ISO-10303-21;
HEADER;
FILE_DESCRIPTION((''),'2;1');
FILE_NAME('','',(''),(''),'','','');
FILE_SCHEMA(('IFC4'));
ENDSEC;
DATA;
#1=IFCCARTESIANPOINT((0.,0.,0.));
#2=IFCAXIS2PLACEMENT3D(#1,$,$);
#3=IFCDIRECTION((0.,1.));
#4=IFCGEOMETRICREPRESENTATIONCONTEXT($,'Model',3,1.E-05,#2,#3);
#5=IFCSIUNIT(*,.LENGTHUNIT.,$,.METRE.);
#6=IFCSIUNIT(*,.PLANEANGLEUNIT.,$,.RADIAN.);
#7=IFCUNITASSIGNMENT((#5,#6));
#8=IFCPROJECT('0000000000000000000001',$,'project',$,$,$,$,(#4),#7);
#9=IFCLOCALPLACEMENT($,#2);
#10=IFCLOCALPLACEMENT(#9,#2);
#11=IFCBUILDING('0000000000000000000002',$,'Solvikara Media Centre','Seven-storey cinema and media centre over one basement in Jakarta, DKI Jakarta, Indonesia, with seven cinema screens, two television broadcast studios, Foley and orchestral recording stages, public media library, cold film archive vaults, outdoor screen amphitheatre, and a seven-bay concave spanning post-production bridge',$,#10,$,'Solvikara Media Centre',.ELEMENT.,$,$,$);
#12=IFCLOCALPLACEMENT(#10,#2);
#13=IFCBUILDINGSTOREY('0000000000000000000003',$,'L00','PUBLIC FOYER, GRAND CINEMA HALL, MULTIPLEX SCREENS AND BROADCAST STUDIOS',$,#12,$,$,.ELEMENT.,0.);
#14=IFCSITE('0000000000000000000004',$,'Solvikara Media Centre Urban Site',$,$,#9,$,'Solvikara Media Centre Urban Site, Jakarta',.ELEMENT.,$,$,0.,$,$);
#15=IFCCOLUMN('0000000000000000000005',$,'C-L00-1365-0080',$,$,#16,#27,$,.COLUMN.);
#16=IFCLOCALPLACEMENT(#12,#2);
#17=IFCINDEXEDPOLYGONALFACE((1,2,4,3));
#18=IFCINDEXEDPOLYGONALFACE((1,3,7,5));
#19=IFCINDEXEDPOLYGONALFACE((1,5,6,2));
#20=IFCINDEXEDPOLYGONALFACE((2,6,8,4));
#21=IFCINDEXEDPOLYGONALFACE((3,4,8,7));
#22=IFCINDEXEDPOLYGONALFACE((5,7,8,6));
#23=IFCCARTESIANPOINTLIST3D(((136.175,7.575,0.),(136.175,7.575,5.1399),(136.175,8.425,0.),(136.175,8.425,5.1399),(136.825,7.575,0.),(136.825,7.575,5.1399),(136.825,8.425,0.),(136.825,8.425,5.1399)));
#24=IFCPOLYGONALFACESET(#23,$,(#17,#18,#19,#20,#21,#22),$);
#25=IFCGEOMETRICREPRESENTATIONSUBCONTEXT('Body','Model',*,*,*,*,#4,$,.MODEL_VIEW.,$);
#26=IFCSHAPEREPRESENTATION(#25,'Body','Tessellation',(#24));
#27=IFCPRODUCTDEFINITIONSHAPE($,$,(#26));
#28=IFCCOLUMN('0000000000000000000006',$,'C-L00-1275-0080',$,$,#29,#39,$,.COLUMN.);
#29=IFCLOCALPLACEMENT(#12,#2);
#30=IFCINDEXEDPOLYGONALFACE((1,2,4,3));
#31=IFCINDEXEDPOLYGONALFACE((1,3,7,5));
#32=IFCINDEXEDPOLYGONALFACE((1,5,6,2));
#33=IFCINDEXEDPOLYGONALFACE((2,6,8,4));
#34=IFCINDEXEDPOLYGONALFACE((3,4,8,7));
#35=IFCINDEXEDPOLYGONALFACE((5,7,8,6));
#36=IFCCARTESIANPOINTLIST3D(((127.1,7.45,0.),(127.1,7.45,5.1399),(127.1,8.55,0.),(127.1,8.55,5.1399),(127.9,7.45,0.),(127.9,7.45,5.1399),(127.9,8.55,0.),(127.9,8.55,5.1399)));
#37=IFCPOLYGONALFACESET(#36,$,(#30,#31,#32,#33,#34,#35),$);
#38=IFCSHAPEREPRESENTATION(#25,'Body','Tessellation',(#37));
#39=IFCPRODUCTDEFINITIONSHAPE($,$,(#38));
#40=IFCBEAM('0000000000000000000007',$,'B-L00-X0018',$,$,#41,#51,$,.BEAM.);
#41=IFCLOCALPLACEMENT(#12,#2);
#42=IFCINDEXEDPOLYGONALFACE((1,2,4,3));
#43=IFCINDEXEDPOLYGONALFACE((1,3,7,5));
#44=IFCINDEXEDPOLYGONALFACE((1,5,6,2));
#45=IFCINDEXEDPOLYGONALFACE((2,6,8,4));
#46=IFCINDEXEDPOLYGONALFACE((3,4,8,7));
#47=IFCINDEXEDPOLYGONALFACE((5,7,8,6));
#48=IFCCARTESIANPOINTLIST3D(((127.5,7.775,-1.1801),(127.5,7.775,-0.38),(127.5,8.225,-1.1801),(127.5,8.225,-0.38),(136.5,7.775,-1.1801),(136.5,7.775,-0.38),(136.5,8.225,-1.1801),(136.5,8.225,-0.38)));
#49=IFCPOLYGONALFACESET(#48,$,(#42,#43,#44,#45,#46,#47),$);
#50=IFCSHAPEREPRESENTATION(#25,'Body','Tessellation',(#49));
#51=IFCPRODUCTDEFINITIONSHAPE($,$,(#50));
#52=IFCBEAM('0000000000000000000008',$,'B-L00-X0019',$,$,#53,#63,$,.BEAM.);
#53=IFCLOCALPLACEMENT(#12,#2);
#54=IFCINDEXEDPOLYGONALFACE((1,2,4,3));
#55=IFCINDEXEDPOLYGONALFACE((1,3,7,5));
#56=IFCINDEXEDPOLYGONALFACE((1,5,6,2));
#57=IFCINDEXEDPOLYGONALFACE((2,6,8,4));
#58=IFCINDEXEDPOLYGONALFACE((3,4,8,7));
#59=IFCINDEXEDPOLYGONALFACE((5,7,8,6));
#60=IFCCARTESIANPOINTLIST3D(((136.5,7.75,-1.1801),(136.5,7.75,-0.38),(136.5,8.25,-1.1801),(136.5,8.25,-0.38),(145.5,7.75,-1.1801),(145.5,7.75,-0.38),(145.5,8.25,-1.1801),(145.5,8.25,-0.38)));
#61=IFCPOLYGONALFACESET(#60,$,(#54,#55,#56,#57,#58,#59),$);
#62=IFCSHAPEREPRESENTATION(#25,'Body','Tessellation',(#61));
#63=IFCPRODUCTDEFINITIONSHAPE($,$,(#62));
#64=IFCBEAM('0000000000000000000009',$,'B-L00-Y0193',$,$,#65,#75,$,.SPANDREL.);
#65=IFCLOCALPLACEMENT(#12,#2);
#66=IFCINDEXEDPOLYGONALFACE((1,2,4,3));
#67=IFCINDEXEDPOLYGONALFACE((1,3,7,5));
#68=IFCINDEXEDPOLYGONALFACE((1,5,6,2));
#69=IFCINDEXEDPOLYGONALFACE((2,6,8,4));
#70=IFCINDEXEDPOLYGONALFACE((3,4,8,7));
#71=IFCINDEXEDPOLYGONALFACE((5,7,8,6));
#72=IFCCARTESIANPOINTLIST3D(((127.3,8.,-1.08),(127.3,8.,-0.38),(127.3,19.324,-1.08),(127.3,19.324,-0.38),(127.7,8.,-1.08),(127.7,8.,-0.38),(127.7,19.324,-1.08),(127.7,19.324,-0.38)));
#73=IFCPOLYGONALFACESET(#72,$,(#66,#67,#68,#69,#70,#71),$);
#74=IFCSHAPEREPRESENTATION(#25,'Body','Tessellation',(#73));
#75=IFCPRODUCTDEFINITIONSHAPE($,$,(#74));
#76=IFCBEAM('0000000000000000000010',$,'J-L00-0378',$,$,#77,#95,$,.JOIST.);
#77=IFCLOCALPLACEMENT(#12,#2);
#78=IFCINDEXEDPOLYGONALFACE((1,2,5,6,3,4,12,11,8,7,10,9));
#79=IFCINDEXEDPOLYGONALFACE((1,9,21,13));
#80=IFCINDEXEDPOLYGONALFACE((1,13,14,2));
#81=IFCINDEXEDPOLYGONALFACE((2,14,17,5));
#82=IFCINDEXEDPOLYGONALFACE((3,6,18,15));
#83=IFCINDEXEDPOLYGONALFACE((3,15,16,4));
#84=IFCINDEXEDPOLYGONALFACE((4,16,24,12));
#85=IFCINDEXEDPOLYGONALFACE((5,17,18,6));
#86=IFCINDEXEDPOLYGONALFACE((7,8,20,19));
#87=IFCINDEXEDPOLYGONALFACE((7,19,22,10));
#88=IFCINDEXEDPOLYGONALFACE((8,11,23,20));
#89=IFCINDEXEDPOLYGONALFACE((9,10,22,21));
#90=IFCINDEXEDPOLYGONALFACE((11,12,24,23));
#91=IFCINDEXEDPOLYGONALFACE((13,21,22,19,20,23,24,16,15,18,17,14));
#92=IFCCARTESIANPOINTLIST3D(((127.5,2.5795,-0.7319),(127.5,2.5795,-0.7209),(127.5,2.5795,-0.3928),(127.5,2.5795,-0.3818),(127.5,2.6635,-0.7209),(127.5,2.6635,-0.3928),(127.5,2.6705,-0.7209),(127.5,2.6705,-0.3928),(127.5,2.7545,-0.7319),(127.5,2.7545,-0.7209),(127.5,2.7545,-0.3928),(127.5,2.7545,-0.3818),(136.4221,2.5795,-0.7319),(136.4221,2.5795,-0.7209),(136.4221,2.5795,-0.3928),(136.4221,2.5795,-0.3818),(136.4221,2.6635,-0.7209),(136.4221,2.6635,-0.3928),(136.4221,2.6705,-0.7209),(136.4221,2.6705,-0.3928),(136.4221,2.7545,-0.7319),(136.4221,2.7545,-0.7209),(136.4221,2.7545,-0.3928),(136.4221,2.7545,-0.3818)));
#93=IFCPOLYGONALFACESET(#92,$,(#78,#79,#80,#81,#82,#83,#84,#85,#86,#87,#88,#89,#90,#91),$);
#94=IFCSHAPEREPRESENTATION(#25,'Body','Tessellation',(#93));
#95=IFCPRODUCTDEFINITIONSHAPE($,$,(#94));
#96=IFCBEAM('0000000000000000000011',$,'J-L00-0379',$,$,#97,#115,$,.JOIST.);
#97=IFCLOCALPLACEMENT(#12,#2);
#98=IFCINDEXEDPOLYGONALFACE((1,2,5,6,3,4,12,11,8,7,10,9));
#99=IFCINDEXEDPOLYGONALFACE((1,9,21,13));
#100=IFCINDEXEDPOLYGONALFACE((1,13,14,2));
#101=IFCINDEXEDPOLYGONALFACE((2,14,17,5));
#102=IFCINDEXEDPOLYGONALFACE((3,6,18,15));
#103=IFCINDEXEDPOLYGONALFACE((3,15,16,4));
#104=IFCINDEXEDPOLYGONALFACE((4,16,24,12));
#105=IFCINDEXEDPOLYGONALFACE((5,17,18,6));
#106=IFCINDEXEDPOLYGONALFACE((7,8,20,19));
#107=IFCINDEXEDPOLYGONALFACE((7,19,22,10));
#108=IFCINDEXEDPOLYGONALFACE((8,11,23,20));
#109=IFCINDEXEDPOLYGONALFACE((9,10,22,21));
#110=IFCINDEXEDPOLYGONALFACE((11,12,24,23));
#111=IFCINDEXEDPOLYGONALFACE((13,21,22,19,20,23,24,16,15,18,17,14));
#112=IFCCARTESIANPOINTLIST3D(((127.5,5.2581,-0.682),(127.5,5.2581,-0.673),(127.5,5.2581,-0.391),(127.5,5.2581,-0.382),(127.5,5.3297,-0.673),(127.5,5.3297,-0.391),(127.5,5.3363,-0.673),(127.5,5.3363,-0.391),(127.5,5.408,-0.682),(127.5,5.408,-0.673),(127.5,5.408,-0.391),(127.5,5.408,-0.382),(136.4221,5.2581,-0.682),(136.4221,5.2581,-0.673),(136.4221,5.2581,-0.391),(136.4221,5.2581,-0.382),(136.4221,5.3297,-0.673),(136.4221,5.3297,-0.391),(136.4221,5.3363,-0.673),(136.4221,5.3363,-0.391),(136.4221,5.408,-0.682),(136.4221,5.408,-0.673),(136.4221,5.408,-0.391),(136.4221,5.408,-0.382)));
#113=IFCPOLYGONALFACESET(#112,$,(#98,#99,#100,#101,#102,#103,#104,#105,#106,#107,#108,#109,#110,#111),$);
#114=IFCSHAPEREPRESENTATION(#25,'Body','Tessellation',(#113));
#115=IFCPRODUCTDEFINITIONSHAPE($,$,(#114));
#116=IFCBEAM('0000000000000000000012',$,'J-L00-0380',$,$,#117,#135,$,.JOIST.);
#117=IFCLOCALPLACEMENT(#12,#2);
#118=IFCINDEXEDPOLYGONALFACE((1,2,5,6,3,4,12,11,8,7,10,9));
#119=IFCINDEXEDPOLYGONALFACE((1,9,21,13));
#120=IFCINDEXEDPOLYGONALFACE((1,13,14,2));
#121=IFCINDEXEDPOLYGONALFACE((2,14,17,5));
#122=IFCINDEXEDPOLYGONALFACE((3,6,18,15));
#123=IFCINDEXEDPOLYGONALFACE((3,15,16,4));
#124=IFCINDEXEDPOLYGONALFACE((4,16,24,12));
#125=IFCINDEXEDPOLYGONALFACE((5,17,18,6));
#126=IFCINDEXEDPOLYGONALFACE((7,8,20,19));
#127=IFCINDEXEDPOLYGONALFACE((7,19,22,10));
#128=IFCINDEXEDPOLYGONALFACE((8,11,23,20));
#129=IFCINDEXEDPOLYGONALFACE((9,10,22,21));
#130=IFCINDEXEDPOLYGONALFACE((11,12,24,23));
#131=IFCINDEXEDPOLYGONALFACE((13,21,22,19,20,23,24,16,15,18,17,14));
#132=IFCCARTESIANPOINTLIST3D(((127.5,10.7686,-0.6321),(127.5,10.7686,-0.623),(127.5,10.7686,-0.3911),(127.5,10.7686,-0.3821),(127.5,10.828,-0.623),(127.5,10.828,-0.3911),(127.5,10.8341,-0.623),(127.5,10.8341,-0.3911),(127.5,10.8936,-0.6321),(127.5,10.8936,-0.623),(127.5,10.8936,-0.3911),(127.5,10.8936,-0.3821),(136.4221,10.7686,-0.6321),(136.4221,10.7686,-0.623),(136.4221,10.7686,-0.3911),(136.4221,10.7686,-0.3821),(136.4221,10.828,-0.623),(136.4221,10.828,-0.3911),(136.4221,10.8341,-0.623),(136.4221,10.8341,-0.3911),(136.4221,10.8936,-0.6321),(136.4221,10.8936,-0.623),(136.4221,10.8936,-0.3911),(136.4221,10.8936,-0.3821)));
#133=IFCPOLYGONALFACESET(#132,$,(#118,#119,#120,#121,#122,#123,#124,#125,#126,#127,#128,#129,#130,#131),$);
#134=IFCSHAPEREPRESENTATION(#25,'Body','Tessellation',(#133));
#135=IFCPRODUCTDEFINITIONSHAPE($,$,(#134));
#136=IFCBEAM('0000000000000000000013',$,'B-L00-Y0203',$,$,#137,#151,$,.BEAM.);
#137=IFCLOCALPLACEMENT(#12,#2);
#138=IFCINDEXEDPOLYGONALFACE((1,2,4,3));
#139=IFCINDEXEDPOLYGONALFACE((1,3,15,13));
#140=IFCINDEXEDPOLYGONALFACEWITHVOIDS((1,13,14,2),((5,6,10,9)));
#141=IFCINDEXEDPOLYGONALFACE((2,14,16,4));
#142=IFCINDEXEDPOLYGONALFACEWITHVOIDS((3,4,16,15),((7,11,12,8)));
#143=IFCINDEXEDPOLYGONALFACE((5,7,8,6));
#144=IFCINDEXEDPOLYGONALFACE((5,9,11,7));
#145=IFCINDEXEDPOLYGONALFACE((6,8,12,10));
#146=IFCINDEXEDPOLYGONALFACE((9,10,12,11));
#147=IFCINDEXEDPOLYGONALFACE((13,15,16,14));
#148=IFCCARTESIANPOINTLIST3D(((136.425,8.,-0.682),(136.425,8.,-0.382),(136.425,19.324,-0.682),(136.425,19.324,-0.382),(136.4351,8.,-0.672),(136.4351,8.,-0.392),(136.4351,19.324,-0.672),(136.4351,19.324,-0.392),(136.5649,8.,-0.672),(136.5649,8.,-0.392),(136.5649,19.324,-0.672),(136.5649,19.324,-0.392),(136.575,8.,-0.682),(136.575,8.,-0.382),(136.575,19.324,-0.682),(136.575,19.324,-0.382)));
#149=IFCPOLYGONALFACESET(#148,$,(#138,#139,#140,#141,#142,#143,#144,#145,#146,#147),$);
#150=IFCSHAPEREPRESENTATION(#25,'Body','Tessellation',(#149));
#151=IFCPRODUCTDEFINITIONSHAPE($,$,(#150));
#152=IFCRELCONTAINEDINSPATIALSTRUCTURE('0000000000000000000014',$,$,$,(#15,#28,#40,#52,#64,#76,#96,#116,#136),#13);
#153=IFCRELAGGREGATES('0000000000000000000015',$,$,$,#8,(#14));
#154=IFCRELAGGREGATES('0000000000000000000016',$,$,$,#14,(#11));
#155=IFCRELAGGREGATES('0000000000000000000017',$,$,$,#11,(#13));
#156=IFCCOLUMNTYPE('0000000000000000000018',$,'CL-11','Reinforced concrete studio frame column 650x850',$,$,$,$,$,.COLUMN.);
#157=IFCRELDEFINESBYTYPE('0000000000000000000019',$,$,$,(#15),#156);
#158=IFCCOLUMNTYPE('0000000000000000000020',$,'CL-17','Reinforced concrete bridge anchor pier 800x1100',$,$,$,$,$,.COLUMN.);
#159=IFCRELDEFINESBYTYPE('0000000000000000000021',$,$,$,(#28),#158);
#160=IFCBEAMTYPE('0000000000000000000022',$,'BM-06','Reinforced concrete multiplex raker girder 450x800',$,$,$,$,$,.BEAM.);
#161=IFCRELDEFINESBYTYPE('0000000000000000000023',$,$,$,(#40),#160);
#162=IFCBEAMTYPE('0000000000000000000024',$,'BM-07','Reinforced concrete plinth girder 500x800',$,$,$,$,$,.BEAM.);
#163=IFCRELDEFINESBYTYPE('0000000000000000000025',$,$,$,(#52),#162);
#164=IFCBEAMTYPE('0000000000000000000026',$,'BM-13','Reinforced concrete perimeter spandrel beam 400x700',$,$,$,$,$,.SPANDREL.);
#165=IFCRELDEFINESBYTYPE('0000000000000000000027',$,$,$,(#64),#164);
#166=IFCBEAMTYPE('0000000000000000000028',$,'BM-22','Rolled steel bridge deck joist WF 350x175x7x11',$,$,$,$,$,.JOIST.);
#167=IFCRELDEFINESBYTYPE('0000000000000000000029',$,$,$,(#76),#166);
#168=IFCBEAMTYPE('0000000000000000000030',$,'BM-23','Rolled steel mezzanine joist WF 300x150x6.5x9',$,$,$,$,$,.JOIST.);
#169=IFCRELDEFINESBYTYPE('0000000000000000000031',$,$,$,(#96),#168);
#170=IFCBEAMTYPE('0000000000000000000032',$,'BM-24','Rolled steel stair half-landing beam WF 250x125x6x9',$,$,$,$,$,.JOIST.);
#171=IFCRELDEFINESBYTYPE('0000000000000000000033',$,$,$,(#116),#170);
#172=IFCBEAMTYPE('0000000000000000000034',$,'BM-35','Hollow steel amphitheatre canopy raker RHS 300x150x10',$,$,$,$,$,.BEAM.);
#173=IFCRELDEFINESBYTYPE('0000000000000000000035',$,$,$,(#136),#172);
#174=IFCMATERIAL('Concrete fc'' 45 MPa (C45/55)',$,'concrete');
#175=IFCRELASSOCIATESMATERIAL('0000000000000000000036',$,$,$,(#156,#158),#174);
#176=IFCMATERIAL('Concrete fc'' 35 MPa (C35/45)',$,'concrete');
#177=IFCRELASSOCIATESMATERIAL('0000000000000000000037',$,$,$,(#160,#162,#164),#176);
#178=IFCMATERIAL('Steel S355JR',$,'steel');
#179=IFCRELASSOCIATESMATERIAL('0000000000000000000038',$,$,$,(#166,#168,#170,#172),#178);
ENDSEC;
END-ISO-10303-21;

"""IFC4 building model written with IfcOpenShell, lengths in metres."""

from ifc_helpers import new_model, si_unit, direction, frame, origin, origin_2d, place, context, subcontext, project, spatial, rectangle, hollow_rectangle, i_section, extrude, material, material_profile, profile_set, type_object, element, save


model = new_model("IFC4")

# Units and contexts
model_context = context("Model", 3, precision=1e-05, world=origin(), true_north=direction((0.0, 1.0)))
body_context = subcontext(model_context, "Body", "Model", "MODEL_VIEW")
ifc_project = project(units=[si_unit("LENGTHUNIT", "METRE"), si_unit("PLANEANGLEUNIT", "RADIAN")], contexts=[model_context])

# Site, building, storey
site_placement = place(None, origin())
site = spatial("IfcSite", under=ifc_project, at=site_placement, Name="Solvikara Media Centre Urban Site", LongName="Solvikara Media Centre Urban Site, Jakarta", CompositionType="ELEMENT", RefElevation=0.0)
building_placement = place(site_placement, origin())
building = spatial("IfcBuilding", under=site, at=building_placement, Name="Solvikara Media Centre", Description="Seven-storey cinema and media centre over one basement in Jakarta, DKI Jakarta, Indonesia, with seven cinema screens, two television broadcast studios, Foley and orchestral recording stages, public media library, cold film archive vaults, outdoor screen amphitheatre, and a seven-bay concave spanning post-production bridge", LongName="Solvikara Media Centre", CompositionType="ELEMENT")
storey_placement = place(building_placement, origin())
storey = spatial("IfcBuildingStorey", under=building, at=storey_placement, Name="L00", Description="PUBLIC FOYER, GRAND CINEMA HALL, MULTIPLEX SCREENS AND BROADCAST STUDIOS", CompositionType="ELEMENT", Elevation=0.0)

# Columns
ifc_material_1 = material(Name="Concrete fc' 45 MPa (C45/55)", Category="concrete")
ifc_material_profile_1 = material_profile(ifc_material_1, rectangle(XDim=0.6499, YDim=0.8501, at=origin_2d()), Name="RC 650x850")
ifc_profile_set_1 = profile_set([ifc_material_profile_1], Name="Concrete fc' 45 MPa (C45/55)")
column_type_1 = type_object("IfcColumnType", Name="CL-11", Description="Reinforced concrete studio frame column 650x850", PredefinedType="COLUMN", material=ifc_profile_set_1)
column_1_placement = place(storey_placement, frame((136.5, 8.0, 0.0), z_axis=(0.0, 0.0, 1.0), x_axis=(1.0, 0.0, 0.0)))
element("IfcColumn", 1, at=column_1_placement, inside=storey, type_object=column_type_1, Name="C-L00-1365-0080", PredefinedType="COLUMN", context=body_context, shape_type="SweptSolid", body=[
    extrude(rectangle(XDim=0.6499, YDim=0.8501, at=origin_2d()), origin(), (0.0, 0.0, 1.0), 5.1399),
])
ifc_material_profile_2 = material_profile(ifc_material_1, rectangle(XDim=0.8, YDim=1.1001, at=origin_2d()), Name="RC 800x1100")
ifc_profile_set_2 = profile_set([ifc_material_profile_2], Name="Concrete fc' 45 MPa (C45/55)")
column_type_2 = type_object("IfcColumnType", Name="CL-17", Description="Reinforced concrete bridge anchor pier 800x1100", PredefinedType="COLUMN", material=ifc_profile_set_2)
column_2_placement = place(storey_placement, frame((127.5, 8.0, 0.0), z_axis=(0.0, 0.0, 1.0), x_axis=(1.0, 0.0, 0.0)))
element("IfcColumn", 2, at=column_2_placement, inside=storey, type_object=column_type_2, Name="C-L00-1275-0080", PredefinedType="COLUMN", context=body_context, shape_type="SweptSolid", body=[
    extrude(rectangle(XDim=0.8, YDim=1.1001, at=origin_2d()), origin(), (0.0, 0.0, 1.0), 5.1399),
])

# Beams
ifc_material_2 = material(Name="Concrete fc' 35 MPa (C35/45)", Category="concrete")
ifc_material_profile_3 = material_profile(ifc_material_2, rectangle(XDim=0.45, YDim=0.8, at=origin_2d()), Name="RC 450x800")
ifc_profile_set_3 = profile_set([ifc_material_profile_3], Name="Concrete fc' 35 MPa (C35/45)")
beam_type_1 = type_object("IfcBeamType", Name="BM-06", Description="Reinforced concrete multiplex raker girder 450x800", PredefinedType="BEAM", material=ifc_profile_set_3)
beam_1_placement = place(storey_placement, frame((127.5, 8.0, -0.78), z_axis=(1.0, 0.0, 0.0), x_axis=(0.0, 1.0, 0.0)))
element("IfcBeam", 3, at=beam_1_placement, inside=storey, type_object=beam_type_1, Name="B-L00-X0018", PredefinedType="BEAM", context=body_context, shape_type="SweptSolid", body=[
    extrude(rectangle(XDim=0.45, YDim=0.8, at=origin_2d()), origin(), (0.0, 0.0, 1.0), 9.0),
])
ifc_material_profile_4 = material_profile(ifc_material_2, rectangle(XDim=0.5, YDim=0.8, at=origin_2d()), Name="RC 500x800")
ifc_profile_set_4 = profile_set([ifc_material_profile_4], Name="Concrete fc' 35 MPa (C35/45)")
beam_type_2 = type_object("IfcBeamType", Name="BM-07", Description="Reinforced concrete plinth girder 500x800", PredefinedType="BEAM", material=ifc_profile_set_4)
beam_2_placement = place(storey_placement, frame((136.5, 8.0, -0.78), z_axis=(1.0, 0.0, 0.0), x_axis=(0.0, 1.0, 0.0)))
element("IfcBeam", 4, at=beam_2_placement, inside=storey, type_object=beam_type_2, Name="B-L00-X0019", PredefinedType="BEAM", context=body_context, shape_type="SweptSolid", body=[
    extrude(rectangle(XDim=0.5, YDim=0.8, at=origin_2d()), origin(), (0.0, 0.0, 1.0), 9.0),
])
ifc_material_profile_5 = material_profile(ifc_material_2, rectangle(XDim=0.3999, YDim=0.7, at=origin_2d()), Name="RC 400x700")
ifc_profile_set_5 = profile_set([ifc_material_profile_5], Name="Concrete fc' 35 MPa (C35/45)")
beam_type_3 = type_object("IfcBeamType", Name="BM-13", Description="Reinforced concrete perimeter spandrel beam 400x700", PredefinedType="SPANDREL", material=ifc_profile_set_5)
beam_3_placement = place(storey_placement, frame((127.5, 8.0, -0.73), z_axis=(0.0, 1.0, 0.0), x_axis=(-1.0, 0.0, 0.0)))
element("IfcBeam", 5, at=beam_3_placement, inside=storey, type_object=beam_type_3, Name="B-L00-Y0193", PredefinedType="SPANDREL", context=body_context, shape_type="SweptSolid", body=[
    extrude(rectangle(XDim=0.3999, YDim=0.7, at=origin_2d()), origin(), (0.0, 0.0, 1.0), 11.324),
])
ifc_material_3 = material(Name="Steel S355JR", Category="steel")
ifc_material_profile_6 = material_profile(ifc_material_3, i_section(OverallWidth=0.175, OverallDepth=0.3501, WebThickness=0.0071, FlangeThickness=0.011, at=origin_2d()), Name="WF 350x175x7x11")
ifc_profile_set_6 = profile_set([ifc_material_profile_6], Name="Steel S355JR")
beam_type_4 = type_object("IfcBeamType", Name="BM-22", Description="Rolled steel bridge deck joist WF 350x175x7x11", PredefinedType="JOIST", material=ifc_profile_set_6)
beam_4_placement = place(storey_placement, frame((127.5, 2.667, -0.5569), z_axis=(1.0, 0.0, 0.0), x_axis=(0.0, 1.0, 0.0)))
element("IfcBeam", 6, at=beam_4_placement, inside=storey, type_object=beam_type_4, Name="J-L00-0378", PredefinedType="JOIST", context=body_context, shape_type="SweptSolid", body=[
    extrude(i_section(OverallWidth=0.175, OverallDepth=0.3501, WebThickness=0.0071, FlangeThickness=0.011, at=origin_2d()), origin(), (0.0, 0.0, 1.0), 8.9221),
])
ifc_material_profile_7 = material_profile(ifc_material_3, i_section(OverallWidth=0.1499, OverallDepth=0.3, WebThickness=0.0066, FlangeThickness=0.009, at=origin_2d()), Name="WF 300x150x6.5x9")
ifc_profile_set_7 = profile_set([ifc_material_profile_7], Name="Steel S355JR")
beam_type_5 = type_object("IfcBeamType", Name="BM-23", Description="Rolled steel mezzanine joist WF 300x150x6.5x9", PredefinedType="JOIST", material=ifc_profile_set_7)
beam_5_placement = place(storey_placement, frame((127.5, 5.333, -0.532), z_axis=(1.0, 0.0, 0.0), x_axis=(0.0, 1.0, 0.0)))
element("IfcBeam", 7, at=beam_5_placement, inside=storey, type_object=beam_type_5, Name="J-L00-0379", PredefinedType="JOIST", context=body_context, shape_type="SweptSolid", body=[
    extrude(i_section(OverallWidth=0.1499, OverallDepth=0.3, WebThickness=0.0066, FlangeThickness=0.009, at=origin_2d()), origin(), (0.0, 0.0, 1.0), 8.9221),
])
ifc_material_profile_8 = material_profile(ifc_material_3, i_section(OverallWidth=0.125, OverallDepth=0.25, WebThickness=0.0061, FlangeThickness=0.009, at=origin_2d()), Name="WF 250x125x6x9")
ifc_profile_set_8 = profile_set([ifc_material_profile_8], Name="Steel S355JR")
beam_type_6 = type_object("IfcBeamType", Name="BM-24", Description="Rolled steel stair half-landing beam WF 250x125x6x9", PredefinedType="JOIST", material=ifc_profile_set_8)
beam_6_placement = place(storey_placement, frame((127.5, 10.8311, -0.5071), z_axis=(1.0, 0.0, 0.0), x_axis=(0.0, 1.0, 0.0)))
element("IfcBeam", 8, at=beam_6_placement, inside=storey, type_object=beam_type_6, Name="J-L00-0380", PredefinedType="JOIST", context=body_context, shape_type="SweptSolid", body=[
    extrude(i_section(OverallWidth=0.125, OverallDepth=0.25, WebThickness=0.0061, FlangeThickness=0.009, at=origin_2d()), origin(), (0.0, 0.0, 1.0), 8.9221),
])
ifc_material_profile_9 = material_profile(ifc_material_3, hollow_rectangle(XDim=0.1499, YDim=0.3, WallThickness=0.01, at=origin_2d()), Name="RHS 300x150x10")
ifc_profile_set_9 = profile_set([ifc_material_profile_9], Name="Steel S355JR")
beam_type_7 = type_object("IfcBeamType", Name="BM-35", Description="Hollow steel amphitheatre canopy raker RHS 300x150x10", PredefinedType="BEAM", material=ifc_profile_set_9)
beam_7_placement = place(storey_placement, frame((136.5, 8.0, -0.532), z_axis=(0.0, 1.0, 0.0), x_axis=(-1.0, 0.0, 0.0)))
element("IfcBeam", 9, at=beam_7_placement, inside=storey, type_object=beam_type_7, Name="B-L00-Y0203", PredefinedType="BEAM", context=body_context, shape_type="SweptSolid", body=[
    extrude(hollow_rectangle(XDim=0.1499, YDim=0.3, WallThickness=0.01, at=origin_2d()), origin(), (0.0, 0.0, 1.0), 11.324),
])

save(model, "model.ifc")
